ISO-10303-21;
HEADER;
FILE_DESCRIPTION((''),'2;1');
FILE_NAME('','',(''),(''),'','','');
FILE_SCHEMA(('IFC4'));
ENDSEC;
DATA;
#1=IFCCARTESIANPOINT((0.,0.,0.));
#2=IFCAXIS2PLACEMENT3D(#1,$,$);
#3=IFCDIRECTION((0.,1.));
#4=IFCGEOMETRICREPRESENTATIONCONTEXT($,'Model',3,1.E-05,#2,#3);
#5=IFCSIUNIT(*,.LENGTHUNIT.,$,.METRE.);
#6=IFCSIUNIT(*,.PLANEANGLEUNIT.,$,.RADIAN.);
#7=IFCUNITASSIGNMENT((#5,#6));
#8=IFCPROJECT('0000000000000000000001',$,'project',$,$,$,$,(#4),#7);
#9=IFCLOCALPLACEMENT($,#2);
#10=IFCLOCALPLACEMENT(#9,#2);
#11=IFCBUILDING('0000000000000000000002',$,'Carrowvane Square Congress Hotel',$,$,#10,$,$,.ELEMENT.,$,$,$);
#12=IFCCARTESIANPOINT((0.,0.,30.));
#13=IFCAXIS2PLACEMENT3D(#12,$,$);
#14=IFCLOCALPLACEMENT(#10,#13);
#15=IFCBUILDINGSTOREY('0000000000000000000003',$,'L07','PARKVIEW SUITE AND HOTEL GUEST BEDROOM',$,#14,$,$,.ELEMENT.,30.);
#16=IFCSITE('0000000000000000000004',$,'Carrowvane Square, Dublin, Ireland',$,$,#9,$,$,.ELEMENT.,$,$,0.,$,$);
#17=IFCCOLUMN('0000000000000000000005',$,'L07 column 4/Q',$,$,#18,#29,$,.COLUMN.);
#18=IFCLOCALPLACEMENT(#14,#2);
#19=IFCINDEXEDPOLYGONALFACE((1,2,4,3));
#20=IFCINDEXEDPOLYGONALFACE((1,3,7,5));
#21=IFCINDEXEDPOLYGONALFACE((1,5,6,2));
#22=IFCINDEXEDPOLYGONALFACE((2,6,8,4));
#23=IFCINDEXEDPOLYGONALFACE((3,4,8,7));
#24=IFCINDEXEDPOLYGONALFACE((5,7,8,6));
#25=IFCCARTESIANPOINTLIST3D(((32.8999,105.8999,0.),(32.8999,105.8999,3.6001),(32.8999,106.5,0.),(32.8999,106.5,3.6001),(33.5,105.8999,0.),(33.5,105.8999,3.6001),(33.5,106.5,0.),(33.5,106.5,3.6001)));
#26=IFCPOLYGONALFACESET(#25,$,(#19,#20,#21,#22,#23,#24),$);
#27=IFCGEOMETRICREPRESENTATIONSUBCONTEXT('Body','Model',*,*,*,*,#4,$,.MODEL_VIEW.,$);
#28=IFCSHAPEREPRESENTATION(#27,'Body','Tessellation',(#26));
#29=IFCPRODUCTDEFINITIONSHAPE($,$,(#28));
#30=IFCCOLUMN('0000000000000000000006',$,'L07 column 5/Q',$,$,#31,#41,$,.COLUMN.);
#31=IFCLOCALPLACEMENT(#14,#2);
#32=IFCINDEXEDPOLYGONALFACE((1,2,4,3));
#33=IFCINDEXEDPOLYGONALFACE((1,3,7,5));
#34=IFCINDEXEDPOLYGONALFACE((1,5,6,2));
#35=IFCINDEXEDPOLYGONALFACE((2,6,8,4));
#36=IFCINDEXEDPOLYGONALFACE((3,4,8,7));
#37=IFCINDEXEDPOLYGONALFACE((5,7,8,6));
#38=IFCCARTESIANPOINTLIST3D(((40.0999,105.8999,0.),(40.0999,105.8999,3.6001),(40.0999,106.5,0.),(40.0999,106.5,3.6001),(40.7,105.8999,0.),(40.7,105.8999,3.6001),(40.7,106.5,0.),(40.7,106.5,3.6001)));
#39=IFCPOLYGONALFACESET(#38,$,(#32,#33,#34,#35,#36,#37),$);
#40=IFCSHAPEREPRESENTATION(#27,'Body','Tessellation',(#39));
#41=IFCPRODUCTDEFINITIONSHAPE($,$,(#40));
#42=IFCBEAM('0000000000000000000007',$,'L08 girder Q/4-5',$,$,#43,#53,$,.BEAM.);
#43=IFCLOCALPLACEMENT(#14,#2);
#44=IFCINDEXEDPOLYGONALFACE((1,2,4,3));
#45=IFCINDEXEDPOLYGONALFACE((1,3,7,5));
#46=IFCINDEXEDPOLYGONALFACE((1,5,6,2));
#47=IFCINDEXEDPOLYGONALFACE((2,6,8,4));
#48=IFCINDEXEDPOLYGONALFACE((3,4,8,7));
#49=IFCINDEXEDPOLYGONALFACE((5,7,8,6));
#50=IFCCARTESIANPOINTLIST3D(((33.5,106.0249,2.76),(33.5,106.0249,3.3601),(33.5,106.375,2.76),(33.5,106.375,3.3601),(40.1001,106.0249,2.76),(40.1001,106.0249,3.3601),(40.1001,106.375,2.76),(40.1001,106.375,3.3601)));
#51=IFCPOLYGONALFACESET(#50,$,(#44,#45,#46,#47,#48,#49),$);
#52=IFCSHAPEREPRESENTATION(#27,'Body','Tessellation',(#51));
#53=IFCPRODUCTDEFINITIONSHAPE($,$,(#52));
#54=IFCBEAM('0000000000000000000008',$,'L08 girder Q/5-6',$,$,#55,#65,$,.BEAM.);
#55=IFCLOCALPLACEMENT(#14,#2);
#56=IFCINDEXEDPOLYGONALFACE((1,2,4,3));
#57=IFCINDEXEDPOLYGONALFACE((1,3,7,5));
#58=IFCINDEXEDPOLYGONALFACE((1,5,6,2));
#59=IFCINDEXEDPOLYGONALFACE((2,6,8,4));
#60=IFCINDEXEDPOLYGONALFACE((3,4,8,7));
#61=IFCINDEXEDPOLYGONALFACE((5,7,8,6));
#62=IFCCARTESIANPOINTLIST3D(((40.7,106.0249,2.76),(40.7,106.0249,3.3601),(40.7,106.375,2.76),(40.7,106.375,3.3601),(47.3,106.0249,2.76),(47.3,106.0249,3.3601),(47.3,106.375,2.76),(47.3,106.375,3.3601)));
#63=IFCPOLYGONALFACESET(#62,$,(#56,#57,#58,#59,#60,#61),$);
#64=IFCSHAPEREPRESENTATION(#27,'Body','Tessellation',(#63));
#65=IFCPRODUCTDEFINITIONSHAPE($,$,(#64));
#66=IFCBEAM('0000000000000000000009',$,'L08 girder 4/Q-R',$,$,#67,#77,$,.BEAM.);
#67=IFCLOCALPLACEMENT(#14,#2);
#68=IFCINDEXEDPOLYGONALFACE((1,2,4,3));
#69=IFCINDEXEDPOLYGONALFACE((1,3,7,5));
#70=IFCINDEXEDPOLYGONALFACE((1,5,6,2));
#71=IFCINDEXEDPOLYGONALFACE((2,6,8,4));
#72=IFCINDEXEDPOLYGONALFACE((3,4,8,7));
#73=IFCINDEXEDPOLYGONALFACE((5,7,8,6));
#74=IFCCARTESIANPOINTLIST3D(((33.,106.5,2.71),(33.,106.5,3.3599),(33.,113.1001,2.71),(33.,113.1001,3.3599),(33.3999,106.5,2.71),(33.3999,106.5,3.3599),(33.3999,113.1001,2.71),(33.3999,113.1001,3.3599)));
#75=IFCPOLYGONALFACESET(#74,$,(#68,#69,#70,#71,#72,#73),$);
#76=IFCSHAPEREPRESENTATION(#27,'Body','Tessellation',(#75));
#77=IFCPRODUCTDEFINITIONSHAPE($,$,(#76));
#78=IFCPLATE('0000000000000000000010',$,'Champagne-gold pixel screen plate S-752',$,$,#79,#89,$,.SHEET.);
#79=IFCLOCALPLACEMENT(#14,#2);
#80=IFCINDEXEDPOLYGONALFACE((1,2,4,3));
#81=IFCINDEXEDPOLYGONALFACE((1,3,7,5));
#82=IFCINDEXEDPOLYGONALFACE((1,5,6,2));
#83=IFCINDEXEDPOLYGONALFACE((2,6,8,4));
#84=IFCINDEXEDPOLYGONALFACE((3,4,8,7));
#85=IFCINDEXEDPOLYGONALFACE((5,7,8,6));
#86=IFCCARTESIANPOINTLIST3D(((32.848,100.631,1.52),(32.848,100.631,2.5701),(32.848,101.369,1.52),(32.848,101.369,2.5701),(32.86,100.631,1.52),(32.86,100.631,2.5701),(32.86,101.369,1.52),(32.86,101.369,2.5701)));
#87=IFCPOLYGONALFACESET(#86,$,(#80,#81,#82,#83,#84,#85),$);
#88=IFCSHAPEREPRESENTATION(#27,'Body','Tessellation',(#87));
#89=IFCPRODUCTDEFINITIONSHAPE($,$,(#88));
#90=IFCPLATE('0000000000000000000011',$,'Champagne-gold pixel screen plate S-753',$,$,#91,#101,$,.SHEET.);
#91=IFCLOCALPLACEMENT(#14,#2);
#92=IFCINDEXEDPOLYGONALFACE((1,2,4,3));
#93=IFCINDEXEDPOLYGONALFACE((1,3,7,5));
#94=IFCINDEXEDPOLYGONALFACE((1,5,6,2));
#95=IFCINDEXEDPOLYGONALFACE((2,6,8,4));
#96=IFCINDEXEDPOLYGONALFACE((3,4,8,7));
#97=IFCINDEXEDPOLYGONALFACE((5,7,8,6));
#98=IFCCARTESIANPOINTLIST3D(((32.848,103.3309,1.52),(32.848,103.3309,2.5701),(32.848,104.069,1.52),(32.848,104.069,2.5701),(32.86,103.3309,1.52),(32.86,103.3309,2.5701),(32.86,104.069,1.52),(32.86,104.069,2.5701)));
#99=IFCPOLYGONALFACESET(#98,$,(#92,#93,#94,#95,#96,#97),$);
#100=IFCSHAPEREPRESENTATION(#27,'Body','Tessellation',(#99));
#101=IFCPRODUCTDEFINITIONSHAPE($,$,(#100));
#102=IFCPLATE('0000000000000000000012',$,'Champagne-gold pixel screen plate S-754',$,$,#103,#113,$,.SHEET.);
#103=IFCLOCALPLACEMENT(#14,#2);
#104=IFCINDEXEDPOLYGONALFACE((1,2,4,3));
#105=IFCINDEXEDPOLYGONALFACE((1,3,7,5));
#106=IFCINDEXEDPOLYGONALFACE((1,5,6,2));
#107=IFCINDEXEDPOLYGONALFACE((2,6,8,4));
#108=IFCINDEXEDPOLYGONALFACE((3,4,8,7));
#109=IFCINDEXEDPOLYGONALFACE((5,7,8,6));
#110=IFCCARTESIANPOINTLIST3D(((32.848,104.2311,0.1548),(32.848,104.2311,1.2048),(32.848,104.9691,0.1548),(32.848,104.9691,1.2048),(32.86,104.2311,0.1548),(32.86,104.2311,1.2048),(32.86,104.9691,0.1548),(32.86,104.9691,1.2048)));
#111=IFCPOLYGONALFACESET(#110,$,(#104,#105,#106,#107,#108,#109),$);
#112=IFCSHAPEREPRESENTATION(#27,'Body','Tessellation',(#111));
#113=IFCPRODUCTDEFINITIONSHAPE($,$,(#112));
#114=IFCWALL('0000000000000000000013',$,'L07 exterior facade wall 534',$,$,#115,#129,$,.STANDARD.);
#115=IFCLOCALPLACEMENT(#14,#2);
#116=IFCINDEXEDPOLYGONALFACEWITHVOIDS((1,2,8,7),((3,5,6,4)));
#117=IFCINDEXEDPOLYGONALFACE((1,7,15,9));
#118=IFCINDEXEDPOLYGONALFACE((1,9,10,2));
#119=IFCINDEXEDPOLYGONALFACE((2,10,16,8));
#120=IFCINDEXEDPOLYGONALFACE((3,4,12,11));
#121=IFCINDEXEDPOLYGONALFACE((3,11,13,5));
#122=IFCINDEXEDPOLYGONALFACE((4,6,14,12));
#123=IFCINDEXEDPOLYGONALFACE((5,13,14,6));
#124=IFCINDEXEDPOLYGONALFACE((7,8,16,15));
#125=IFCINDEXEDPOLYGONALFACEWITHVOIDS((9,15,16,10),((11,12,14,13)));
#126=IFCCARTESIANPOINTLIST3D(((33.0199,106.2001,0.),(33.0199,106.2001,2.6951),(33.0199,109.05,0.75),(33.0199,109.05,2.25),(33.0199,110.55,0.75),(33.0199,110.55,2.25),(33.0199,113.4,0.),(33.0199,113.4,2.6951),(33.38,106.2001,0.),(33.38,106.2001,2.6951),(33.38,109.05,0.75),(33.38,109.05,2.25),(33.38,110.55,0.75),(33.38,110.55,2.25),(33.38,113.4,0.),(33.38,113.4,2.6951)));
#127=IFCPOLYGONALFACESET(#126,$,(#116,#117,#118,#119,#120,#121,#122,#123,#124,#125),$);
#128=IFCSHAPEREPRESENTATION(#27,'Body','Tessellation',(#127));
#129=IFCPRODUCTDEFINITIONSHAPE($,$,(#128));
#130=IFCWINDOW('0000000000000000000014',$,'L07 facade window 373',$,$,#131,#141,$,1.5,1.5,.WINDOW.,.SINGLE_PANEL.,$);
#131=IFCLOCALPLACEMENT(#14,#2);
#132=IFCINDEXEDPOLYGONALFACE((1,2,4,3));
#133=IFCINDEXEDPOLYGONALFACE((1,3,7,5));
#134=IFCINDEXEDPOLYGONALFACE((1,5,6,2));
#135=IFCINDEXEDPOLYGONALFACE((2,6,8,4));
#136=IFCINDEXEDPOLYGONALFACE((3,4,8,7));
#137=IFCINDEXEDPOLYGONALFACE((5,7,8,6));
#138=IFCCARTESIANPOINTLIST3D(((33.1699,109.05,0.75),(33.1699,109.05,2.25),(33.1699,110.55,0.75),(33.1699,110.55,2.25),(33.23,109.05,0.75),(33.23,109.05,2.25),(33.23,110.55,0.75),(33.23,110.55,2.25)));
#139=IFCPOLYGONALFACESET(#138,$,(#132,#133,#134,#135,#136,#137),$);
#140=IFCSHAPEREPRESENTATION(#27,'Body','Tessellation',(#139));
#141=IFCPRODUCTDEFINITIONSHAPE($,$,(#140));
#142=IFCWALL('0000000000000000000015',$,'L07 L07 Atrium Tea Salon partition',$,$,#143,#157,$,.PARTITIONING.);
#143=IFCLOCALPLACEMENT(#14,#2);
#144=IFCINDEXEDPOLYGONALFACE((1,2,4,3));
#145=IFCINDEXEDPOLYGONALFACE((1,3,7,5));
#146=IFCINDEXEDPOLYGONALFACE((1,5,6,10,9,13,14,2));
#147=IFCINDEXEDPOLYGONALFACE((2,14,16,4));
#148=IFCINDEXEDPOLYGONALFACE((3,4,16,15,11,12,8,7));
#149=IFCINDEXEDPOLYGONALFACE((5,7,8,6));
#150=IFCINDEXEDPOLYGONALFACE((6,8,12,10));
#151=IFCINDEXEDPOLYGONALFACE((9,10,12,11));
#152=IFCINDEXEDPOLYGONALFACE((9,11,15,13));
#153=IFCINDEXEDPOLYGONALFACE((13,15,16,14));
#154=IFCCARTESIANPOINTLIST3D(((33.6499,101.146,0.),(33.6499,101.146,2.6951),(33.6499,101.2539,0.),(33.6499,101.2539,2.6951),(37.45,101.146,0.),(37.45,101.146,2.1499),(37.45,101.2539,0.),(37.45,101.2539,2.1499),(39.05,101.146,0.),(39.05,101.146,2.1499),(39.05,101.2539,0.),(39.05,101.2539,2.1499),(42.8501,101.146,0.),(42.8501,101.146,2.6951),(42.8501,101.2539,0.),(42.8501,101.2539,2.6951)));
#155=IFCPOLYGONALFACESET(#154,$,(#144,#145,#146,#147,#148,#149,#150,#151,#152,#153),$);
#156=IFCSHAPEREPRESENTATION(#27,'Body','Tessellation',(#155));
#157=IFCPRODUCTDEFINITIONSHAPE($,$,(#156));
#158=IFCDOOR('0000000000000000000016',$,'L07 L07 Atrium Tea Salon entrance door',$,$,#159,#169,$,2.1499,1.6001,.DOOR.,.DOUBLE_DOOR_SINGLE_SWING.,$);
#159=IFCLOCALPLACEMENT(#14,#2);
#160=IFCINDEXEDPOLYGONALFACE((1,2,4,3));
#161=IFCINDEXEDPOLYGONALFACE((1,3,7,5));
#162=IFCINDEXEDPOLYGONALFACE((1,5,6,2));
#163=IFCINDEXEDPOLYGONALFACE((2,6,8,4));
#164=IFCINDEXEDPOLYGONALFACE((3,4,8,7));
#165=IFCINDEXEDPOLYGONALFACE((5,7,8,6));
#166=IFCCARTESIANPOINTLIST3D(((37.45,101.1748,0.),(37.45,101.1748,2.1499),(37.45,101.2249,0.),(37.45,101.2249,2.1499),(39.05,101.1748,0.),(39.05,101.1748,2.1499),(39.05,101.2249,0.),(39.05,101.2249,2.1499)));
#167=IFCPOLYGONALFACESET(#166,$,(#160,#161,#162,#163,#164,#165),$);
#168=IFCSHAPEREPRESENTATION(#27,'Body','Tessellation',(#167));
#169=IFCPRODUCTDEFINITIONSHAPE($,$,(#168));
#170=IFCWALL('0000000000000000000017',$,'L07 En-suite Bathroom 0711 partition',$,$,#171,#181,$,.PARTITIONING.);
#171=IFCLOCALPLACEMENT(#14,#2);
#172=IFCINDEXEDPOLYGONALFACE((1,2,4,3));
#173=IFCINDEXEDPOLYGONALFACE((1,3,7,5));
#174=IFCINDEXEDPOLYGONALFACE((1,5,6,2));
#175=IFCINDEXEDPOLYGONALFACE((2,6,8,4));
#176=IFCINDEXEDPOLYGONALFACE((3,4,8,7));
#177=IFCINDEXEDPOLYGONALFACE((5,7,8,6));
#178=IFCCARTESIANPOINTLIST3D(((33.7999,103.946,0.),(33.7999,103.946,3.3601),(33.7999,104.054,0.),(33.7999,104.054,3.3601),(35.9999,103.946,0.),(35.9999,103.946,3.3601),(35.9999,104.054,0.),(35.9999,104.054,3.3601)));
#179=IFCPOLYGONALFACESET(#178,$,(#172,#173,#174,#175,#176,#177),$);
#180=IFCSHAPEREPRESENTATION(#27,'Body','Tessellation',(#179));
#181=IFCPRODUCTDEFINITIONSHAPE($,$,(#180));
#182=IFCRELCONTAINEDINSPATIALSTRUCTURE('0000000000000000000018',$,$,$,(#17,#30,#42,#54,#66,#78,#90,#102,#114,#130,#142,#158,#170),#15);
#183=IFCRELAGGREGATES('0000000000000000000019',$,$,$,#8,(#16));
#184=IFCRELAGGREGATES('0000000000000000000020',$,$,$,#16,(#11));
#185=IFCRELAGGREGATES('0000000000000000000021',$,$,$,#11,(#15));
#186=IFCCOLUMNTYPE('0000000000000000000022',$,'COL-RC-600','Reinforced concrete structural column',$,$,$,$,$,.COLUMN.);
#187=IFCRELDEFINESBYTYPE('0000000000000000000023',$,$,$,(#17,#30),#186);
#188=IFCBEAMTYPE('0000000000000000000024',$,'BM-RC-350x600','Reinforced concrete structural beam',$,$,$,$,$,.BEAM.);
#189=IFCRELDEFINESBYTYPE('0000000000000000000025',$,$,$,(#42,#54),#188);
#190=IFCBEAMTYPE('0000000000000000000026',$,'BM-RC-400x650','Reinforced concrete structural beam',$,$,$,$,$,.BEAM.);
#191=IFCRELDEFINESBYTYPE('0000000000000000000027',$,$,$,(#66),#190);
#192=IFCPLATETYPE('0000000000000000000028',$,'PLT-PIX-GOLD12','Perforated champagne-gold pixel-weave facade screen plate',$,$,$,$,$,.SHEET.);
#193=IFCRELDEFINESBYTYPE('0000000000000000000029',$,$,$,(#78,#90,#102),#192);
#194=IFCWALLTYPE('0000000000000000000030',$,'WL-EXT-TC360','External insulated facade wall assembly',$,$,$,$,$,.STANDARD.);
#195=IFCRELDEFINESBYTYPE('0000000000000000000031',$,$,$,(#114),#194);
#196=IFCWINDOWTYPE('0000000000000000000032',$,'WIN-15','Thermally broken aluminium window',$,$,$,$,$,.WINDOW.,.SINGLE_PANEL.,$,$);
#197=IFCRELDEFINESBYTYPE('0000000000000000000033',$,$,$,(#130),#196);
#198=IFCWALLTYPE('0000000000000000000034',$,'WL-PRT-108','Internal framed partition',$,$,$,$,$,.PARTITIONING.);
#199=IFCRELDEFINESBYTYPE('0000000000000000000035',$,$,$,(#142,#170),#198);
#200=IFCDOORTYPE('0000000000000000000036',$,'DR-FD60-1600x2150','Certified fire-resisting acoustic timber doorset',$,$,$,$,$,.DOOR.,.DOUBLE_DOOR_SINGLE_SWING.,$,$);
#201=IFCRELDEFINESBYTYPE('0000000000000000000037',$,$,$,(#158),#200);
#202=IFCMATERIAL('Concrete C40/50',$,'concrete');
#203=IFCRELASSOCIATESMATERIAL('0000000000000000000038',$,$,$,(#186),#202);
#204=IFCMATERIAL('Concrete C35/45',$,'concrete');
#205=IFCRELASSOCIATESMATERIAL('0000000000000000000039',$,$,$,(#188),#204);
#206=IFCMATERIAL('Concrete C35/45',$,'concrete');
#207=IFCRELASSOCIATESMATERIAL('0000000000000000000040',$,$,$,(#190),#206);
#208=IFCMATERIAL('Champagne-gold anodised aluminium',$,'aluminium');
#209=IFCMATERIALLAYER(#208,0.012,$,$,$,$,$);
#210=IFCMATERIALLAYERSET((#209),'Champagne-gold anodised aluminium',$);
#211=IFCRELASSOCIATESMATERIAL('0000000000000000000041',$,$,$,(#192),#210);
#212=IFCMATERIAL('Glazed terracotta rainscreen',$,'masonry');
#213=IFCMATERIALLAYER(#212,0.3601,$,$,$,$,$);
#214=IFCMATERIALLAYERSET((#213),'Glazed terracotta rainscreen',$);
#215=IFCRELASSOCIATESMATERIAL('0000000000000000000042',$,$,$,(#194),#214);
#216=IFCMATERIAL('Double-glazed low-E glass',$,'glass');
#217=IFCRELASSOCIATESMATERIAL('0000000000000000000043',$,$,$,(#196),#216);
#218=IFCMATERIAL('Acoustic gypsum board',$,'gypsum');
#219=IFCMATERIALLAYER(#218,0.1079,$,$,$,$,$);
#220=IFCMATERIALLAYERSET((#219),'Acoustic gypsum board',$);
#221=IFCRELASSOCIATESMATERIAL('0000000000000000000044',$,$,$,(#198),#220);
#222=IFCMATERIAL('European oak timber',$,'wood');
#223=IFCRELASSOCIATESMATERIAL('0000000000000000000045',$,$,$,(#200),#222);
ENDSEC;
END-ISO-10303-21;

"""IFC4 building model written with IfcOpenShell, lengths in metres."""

from ifc_helpers import new_model, si_unit, direction, frame, frame_2d, origin, origin_2d, place, context, subcontext, project, spatial, rectangle, extrude, material, layer, layer_set, material_profile, profile_set, type_object, element, fill, save


model = new_model("IFC4")

# Units and contexts
model_context = context("Model", 3, precision=1e-05, world=origin(), true_north=direction((0.0, 1.0)))
body_context = subcontext(model_context, "Body", "Model", "MODEL_VIEW")
ifc_project = project(units=[si_unit("LENGTHUNIT", "METRE"), si_unit("PLANEANGLEUNIT", "RADIAN")], contexts=[model_context])

# Site, building, storey
site_placement = place(None, origin())
site = spatial("IfcSite", under=ifc_project, at=site_placement, Name="Carrowvane Square, Dublin, Ireland", CompositionType="ELEMENT", RefElevation=0.0)
building_placement = place(site_placement, origin())
building = spatial("IfcBuilding", under=site, at=building_placement, Name="Carrowvane Square Congress Hotel", CompositionType="ELEMENT")
storey_placement = place(building_placement, frame((0.0, 0.0, 30.0)))
storey = spatial("IfcBuildingStorey", under=building, at=storey_placement, Name="L07", Description="PARKVIEW SUITE AND HOTEL GUEST BEDROOM", CompositionType="ELEMENT", Elevation=30.0)

# Columns
ifc_material_1 = material(Name="Concrete C40/50", Category="concrete")
ifc_material_profile_1 = material_profile(ifc_material_1, rectangle(XDim=0.6001, YDim=0.6001, at=origin_2d()), Name="RC 600x600")
ifc_profile_set_1 = profile_set([ifc_material_profile_1], Name="Concrete C40/50")
column_type = type_object("IfcColumnType", Name="COL-RC-600", Description="Reinforced concrete structural column", PredefinedType="COLUMN", material=ifc_profile_set_1)
for number, where, z_axis, x_axis, name in (
    (1, (33.2, 106.2, 0.0), (0.0, 0.0, 1.0), (1.0, 0.0, 0.0), "L07 column 4/Q"),
    (2, (40.3999, 106.2, 0.0), (0.0, 0.0, 1.0), (1.0, 0.0, 0.0), "L07 column 5/Q"),
):
    element("IfcColumn", number, at=place(storey_placement, frame(where, z_axis=z_axis, x_axis=x_axis)), inside=storey, type_object=column_type, Name=name, PredefinedType="COLUMN", context=body_context, shape_type="SweptSolid", body=[
        extrude(rectangle(XDim=0.6001, YDim=0.6001, at=origin_2d()), origin(), (0.0, 0.0, 1.0), 3.6001),
    ])

# Beams
ifc_material_2 = material(Name="Concrete C35/45", Category="concrete")
ifc_material_profile_2 = material_profile(ifc_material_2, rectangle(XDim=0.3501, YDim=0.6001, at=origin_2d()), Name="RC 350x600")
ifc_profile_set_2 = profile_set([ifc_material_profile_2], Name="Concrete C35/45")
beam_type_1 = type_object("IfcBeamType", Name="BM-RC-350x600", Description="Reinforced concrete structural beam", PredefinedType="BEAM", material=ifc_profile_set_2)
for number, where, z_axis, x_axis, name in (
    (3, (33.5, 106.2, 3.0601), (1.0, 0.0, 0.0), (0.0, 1.0, 0.0), "L08 girder Q/4-5"),
    (4, (40.7, 106.2, 3.0601), (1.0, 0.0, 0.0), (0.0, 1.0, 0.0), "L08 girder Q/5-6"),
):
    element("IfcBeam", number, at=place(storey_placement, frame(where, z_axis=z_axis, x_axis=x_axis)), inside=storey, type_object=beam_type_1, Name=name, PredefinedType="BEAM", context=body_context, shape_type="SweptSolid", body=[
        extrude(rectangle(XDim=0.3501, YDim=0.6001, at=origin_2d()), origin(), (0.0, 0.0, 1.0), 6.6001),
    ])
ifc_material_3 = material(Name="Concrete C35/45", Category="concrete")
ifc_material_profile_3 = material_profile(ifc_material_3, rectangle(XDim=0.3999, YDim=0.6499, at=origin_2d()), Name="RC 400x650")
ifc_profile_set_3 = profile_set([ifc_material_profile_3], Name="Concrete C35/45")
beam_type_2 = type_object("IfcBeamType", Name="BM-RC-400x650", Description="Reinforced concrete structural beam", PredefinedType="BEAM", material=ifc_profile_set_3)
beam_placement = place(storey_placement, frame((33.2, 106.5, 3.0349), z_axis=(0.0, 1.0, 0.0), x_axis=(-1.0, 0.0, 0.0)))
element("IfcBeam", 5, at=beam_placement, inside=storey, type_object=beam_type_2, Name="L08 girder 4/Q-R", PredefinedType="BEAM", context=body_context, shape_type="SweptSolid", body=[
    extrude(rectangle(XDim=0.3999, YDim=0.6499, at=origin_2d()), origin(), (0.0, 0.0, 1.0), 6.6001),
])

# Plates
ifc_material_4 = material(Name="Champagne-gold anodised aluminium", Category="aluminium")
ifc_layer_1 = layer(ifc_material_4, 0.012)
ifc_layer_set_1 = layer_set([ifc_layer_1], Name="Champagne-gold anodised aluminium")
plate_type = type_object("IfcPlateType", Name="PLT-PIX-GOLD12", Description="Perforated champagne-gold pixel-weave facade screen plate", PredefinedType="SHEET", material=ifc_layer_set_1)
for number, where, z_axis, x_axis, name in (
    (6, (32.854, 101.0, 1.52), (0.0, 0.0, 1.0), (0.0, 1.0, 0.0), "Champagne-gold pixel screen plate S-752"),
    (7, (32.854, 103.7, 1.52), (0.0, 0.0, 1.0), (0.0, 1.0, 0.0), "Champagne-gold pixel screen plate S-753"),
    (8, (32.854, 104.6001, 0.1548), (0.0, 0.0, 1.0), (0.0, 1.0, 0.0), "Champagne-gold pixel screen plate S-754"),
):
    element("IfcPlate", number, at=place(storey_placement, frame(where, z_axis=z_axis, x_axis=x_axis)), inside=storey, type_object=plate_type, Name=name, PredefinedType="SHEET", context=body_context, shape_type="SweptSolid", body=[
        extrude(rectangle(XDim=0.738, YDim=0.012, at=origin_2d()), origin(), (0.0, 0.0, 1.0), 1.05),
    ])

# Wall, opening, window
ifc_material_5 = material(Name="Glazed terracotta rainscreen", Category="masonry")
ifc_layer_2 = layer(ifc_material_5, 0.3601)
ifc_layer_set_2 = layer_set([ifc_layer_2], Name="Glazed terracotta rainscreen")
wall_type_1 = type_object("IfcWallType", Name="WL-EXT-TC360", Description="External insulated facade wall assembly", PredefinedType="STANDARD", material=ifc_layer_set_2)
wall_1_placement = place(storey_placement, frame((33.2, 106.2, 0.0), z_axis=(0.0, 0.0, 1.0), x_axis=(0.0, 1.0, 0.0)))
wall_1 = element("IfcWall", 9, at=wall_1_placement, inside=storey, type_object=wall_type_1, Name="L07 exterior facade wall 534", PredefinedType="STANDARD", context=body_context, shape_type="SweptSolid", body=[
    extrude(rectangle(XDim=7.2, YDim=0.3601, at=frame_2d((3.6001, 0.0))), origin(), (0.0, 0.0, 1.0), 2.6951),
])
opening_1_placement = place(wall_1_placement, frame((2.8501, 0.0, 0.75)))
opening_1 = element("IfcOpeningElement", 10, at=opening_1_placement, cuts=wall_1, PredefinedType="OPENING", context=body_context, shape_type="SweptSolid", body=[
    extrude(rectangle(XDim=1.5, YDim=1.5, at=frame_2d((0.75, 0.75))), frame((0.0, 0.1899, 0.0), z_axis=(0.0, -1.0, 0.0), x_axis=(1.0, 0.0, 0.0)), (0.0, 0.0, 1.0), 0.3801),
])
ifc_material_6 = material(Name="Double-glazed low-E glass", Category="glass")
window_type = type_object("IfcWindowType", Name="WIN-15", Description="Thermally broken aluminium window", PartitioningType="SINGLE_PANEL", PredefinedType="WINDOW", material=ifc_material_6)
window_placement = place(opening_1_placement, origin())
window = element("IfcWindow", 11, at=window_placement, inside=storey, type_object=window_type, Name="L07 facade window 373", OverallHeight=1.5, OverallWidth=1.5, PartitioningType="SINGLE_PANEL", PredefinedType="WINDOW", context=body_context, shape_type="SweptSolid", body=[
    extrude(rectangle(XDim=1.5, YDim=1.5, at=frame_2d((0.75, 0.75))), frame((0.0, 0.03, 0.0), z_axis=(0.0, -1.0, 0.0), x_axis=(1.0, 0.0, 0.0)), (0.0, 0.0, 1.0), 0.0601),
])
fill(opening_1, window)

# Wall, opening, door
ifc_material_7 = material(Name="Acoustic gypsum board", Category="gypsum")
ifc_layer_3 = layer(ifc_material_7, 0.1079)
ifc_layer_set_3 = layer_set([ifc_layer_3], Name="Acoustic gypsum board")
wall_type_2 = type_object("IfcWallType", Name="WL-PRT-108", Description="Internal framed partition", PredefinedType="PARTITIONING", material=ifc_layer_set_3)
wall_2_placement = place(storey_placement, frame((33.6499, 101.2, 0.0), z_axis=(0.0, 0.0, 1.0), x_axis=(1.0, 0.0, 0.0)))
wall_2 = element("IfcWall", 12, at=wall_2_placement, inside=storey, type_object=wall_type_2, Name="L07 L07 Atrium Tea Salon partition", PredefinedType="PARTITIONING", context=body_context, shape_type="SweptSolid", body=[
    extrude(rectangle(XDim=9.2002, YDim=0.1079, at=frame_2d((4.6001, 0.0))), origin(), (0.0, 0.0, 1.0), 2.6951),
])
opening_2_placement = place(wall_2_placement, frame((3.8, 0.0, 0.0)))
opening_2 = element("IfcOpeningElement", 13, at=opening_2_placement, cuts=wall_2, PredefinedType="OPENING", context=body_context, shape_type="SweptSolid", body=[
    extrude(rectangle(XDim=1.6001, YDim=2.1499, at=frame_2d((0.8, 1.075))), frame((0.0, 0.064, 0.0), z_axis=(0.0, -1.0, 0.0), x_axis=(1.0, 0.0, 0.0)), (0.0, 0.0, 1.0), 0.1279),
])
ifc_material_8 = material(Name="European oak timber", Category="wood")
door_type_1 = type_object("IfcDoorType", Name="DR-FD60-1600x2150", Description="Certified fire-resisting acoustic timber doorset", OperationType="DOUBLE_DOOR_SINGLE_SWING", PredefinedType="DOOR", material=ifc_material_8)
door_1_placement = place(opening_2_placement, origin())
door_1 = element("IfcDoor", 14, at=door_1_placement, inside=storey, type_object=door_type_1, Name="L07 L07 Atrium Tea Salon entrance door", OperationType="DOUBLE_DOOR_SINGLE_SWING", OverallHeight=2.1499, OverallWidth=1.6001, PredefinedType="DOOR", context=body_context, shape_type="SweptSolid", body=[
    extrude(rectangle(XDim=1.6001, YDim=2.1499, at=frame_2d((0.8, 1.075))), frame((0.0, 0.0249, 0.0), z_axis=(0.0, -1.0, 0.0), x_axis=(1.0, 0.0, 0.0)), (0.0, 0.0, 1.0), 0.05),
])
fill(opening_2, door_1)

# Wall
wall_3_placement = place(storey_placement, frame((36.0, 104.0, 0.0), z_axis=(0.0, 0.0, 1.0), x_axis=(-1.0, 0.0, 0.0)))
element("IfcWall", 15, at=wall_3_placement, inside=storey, type_object=wall_type_2, Name="L07 En-suite Bathroom 0711 partition", PredefinedType="PARTITIONING", context=body_context, shape_type="SweptSolid", body=[
    extrude(rectangle(XDim=2.2, YDim=0.1079, at=frame_2d((1.1001, 0.0))), origin(), (0.0, 0.0, 1.0), 3.3601),
])

save(model, "model.ifc")
